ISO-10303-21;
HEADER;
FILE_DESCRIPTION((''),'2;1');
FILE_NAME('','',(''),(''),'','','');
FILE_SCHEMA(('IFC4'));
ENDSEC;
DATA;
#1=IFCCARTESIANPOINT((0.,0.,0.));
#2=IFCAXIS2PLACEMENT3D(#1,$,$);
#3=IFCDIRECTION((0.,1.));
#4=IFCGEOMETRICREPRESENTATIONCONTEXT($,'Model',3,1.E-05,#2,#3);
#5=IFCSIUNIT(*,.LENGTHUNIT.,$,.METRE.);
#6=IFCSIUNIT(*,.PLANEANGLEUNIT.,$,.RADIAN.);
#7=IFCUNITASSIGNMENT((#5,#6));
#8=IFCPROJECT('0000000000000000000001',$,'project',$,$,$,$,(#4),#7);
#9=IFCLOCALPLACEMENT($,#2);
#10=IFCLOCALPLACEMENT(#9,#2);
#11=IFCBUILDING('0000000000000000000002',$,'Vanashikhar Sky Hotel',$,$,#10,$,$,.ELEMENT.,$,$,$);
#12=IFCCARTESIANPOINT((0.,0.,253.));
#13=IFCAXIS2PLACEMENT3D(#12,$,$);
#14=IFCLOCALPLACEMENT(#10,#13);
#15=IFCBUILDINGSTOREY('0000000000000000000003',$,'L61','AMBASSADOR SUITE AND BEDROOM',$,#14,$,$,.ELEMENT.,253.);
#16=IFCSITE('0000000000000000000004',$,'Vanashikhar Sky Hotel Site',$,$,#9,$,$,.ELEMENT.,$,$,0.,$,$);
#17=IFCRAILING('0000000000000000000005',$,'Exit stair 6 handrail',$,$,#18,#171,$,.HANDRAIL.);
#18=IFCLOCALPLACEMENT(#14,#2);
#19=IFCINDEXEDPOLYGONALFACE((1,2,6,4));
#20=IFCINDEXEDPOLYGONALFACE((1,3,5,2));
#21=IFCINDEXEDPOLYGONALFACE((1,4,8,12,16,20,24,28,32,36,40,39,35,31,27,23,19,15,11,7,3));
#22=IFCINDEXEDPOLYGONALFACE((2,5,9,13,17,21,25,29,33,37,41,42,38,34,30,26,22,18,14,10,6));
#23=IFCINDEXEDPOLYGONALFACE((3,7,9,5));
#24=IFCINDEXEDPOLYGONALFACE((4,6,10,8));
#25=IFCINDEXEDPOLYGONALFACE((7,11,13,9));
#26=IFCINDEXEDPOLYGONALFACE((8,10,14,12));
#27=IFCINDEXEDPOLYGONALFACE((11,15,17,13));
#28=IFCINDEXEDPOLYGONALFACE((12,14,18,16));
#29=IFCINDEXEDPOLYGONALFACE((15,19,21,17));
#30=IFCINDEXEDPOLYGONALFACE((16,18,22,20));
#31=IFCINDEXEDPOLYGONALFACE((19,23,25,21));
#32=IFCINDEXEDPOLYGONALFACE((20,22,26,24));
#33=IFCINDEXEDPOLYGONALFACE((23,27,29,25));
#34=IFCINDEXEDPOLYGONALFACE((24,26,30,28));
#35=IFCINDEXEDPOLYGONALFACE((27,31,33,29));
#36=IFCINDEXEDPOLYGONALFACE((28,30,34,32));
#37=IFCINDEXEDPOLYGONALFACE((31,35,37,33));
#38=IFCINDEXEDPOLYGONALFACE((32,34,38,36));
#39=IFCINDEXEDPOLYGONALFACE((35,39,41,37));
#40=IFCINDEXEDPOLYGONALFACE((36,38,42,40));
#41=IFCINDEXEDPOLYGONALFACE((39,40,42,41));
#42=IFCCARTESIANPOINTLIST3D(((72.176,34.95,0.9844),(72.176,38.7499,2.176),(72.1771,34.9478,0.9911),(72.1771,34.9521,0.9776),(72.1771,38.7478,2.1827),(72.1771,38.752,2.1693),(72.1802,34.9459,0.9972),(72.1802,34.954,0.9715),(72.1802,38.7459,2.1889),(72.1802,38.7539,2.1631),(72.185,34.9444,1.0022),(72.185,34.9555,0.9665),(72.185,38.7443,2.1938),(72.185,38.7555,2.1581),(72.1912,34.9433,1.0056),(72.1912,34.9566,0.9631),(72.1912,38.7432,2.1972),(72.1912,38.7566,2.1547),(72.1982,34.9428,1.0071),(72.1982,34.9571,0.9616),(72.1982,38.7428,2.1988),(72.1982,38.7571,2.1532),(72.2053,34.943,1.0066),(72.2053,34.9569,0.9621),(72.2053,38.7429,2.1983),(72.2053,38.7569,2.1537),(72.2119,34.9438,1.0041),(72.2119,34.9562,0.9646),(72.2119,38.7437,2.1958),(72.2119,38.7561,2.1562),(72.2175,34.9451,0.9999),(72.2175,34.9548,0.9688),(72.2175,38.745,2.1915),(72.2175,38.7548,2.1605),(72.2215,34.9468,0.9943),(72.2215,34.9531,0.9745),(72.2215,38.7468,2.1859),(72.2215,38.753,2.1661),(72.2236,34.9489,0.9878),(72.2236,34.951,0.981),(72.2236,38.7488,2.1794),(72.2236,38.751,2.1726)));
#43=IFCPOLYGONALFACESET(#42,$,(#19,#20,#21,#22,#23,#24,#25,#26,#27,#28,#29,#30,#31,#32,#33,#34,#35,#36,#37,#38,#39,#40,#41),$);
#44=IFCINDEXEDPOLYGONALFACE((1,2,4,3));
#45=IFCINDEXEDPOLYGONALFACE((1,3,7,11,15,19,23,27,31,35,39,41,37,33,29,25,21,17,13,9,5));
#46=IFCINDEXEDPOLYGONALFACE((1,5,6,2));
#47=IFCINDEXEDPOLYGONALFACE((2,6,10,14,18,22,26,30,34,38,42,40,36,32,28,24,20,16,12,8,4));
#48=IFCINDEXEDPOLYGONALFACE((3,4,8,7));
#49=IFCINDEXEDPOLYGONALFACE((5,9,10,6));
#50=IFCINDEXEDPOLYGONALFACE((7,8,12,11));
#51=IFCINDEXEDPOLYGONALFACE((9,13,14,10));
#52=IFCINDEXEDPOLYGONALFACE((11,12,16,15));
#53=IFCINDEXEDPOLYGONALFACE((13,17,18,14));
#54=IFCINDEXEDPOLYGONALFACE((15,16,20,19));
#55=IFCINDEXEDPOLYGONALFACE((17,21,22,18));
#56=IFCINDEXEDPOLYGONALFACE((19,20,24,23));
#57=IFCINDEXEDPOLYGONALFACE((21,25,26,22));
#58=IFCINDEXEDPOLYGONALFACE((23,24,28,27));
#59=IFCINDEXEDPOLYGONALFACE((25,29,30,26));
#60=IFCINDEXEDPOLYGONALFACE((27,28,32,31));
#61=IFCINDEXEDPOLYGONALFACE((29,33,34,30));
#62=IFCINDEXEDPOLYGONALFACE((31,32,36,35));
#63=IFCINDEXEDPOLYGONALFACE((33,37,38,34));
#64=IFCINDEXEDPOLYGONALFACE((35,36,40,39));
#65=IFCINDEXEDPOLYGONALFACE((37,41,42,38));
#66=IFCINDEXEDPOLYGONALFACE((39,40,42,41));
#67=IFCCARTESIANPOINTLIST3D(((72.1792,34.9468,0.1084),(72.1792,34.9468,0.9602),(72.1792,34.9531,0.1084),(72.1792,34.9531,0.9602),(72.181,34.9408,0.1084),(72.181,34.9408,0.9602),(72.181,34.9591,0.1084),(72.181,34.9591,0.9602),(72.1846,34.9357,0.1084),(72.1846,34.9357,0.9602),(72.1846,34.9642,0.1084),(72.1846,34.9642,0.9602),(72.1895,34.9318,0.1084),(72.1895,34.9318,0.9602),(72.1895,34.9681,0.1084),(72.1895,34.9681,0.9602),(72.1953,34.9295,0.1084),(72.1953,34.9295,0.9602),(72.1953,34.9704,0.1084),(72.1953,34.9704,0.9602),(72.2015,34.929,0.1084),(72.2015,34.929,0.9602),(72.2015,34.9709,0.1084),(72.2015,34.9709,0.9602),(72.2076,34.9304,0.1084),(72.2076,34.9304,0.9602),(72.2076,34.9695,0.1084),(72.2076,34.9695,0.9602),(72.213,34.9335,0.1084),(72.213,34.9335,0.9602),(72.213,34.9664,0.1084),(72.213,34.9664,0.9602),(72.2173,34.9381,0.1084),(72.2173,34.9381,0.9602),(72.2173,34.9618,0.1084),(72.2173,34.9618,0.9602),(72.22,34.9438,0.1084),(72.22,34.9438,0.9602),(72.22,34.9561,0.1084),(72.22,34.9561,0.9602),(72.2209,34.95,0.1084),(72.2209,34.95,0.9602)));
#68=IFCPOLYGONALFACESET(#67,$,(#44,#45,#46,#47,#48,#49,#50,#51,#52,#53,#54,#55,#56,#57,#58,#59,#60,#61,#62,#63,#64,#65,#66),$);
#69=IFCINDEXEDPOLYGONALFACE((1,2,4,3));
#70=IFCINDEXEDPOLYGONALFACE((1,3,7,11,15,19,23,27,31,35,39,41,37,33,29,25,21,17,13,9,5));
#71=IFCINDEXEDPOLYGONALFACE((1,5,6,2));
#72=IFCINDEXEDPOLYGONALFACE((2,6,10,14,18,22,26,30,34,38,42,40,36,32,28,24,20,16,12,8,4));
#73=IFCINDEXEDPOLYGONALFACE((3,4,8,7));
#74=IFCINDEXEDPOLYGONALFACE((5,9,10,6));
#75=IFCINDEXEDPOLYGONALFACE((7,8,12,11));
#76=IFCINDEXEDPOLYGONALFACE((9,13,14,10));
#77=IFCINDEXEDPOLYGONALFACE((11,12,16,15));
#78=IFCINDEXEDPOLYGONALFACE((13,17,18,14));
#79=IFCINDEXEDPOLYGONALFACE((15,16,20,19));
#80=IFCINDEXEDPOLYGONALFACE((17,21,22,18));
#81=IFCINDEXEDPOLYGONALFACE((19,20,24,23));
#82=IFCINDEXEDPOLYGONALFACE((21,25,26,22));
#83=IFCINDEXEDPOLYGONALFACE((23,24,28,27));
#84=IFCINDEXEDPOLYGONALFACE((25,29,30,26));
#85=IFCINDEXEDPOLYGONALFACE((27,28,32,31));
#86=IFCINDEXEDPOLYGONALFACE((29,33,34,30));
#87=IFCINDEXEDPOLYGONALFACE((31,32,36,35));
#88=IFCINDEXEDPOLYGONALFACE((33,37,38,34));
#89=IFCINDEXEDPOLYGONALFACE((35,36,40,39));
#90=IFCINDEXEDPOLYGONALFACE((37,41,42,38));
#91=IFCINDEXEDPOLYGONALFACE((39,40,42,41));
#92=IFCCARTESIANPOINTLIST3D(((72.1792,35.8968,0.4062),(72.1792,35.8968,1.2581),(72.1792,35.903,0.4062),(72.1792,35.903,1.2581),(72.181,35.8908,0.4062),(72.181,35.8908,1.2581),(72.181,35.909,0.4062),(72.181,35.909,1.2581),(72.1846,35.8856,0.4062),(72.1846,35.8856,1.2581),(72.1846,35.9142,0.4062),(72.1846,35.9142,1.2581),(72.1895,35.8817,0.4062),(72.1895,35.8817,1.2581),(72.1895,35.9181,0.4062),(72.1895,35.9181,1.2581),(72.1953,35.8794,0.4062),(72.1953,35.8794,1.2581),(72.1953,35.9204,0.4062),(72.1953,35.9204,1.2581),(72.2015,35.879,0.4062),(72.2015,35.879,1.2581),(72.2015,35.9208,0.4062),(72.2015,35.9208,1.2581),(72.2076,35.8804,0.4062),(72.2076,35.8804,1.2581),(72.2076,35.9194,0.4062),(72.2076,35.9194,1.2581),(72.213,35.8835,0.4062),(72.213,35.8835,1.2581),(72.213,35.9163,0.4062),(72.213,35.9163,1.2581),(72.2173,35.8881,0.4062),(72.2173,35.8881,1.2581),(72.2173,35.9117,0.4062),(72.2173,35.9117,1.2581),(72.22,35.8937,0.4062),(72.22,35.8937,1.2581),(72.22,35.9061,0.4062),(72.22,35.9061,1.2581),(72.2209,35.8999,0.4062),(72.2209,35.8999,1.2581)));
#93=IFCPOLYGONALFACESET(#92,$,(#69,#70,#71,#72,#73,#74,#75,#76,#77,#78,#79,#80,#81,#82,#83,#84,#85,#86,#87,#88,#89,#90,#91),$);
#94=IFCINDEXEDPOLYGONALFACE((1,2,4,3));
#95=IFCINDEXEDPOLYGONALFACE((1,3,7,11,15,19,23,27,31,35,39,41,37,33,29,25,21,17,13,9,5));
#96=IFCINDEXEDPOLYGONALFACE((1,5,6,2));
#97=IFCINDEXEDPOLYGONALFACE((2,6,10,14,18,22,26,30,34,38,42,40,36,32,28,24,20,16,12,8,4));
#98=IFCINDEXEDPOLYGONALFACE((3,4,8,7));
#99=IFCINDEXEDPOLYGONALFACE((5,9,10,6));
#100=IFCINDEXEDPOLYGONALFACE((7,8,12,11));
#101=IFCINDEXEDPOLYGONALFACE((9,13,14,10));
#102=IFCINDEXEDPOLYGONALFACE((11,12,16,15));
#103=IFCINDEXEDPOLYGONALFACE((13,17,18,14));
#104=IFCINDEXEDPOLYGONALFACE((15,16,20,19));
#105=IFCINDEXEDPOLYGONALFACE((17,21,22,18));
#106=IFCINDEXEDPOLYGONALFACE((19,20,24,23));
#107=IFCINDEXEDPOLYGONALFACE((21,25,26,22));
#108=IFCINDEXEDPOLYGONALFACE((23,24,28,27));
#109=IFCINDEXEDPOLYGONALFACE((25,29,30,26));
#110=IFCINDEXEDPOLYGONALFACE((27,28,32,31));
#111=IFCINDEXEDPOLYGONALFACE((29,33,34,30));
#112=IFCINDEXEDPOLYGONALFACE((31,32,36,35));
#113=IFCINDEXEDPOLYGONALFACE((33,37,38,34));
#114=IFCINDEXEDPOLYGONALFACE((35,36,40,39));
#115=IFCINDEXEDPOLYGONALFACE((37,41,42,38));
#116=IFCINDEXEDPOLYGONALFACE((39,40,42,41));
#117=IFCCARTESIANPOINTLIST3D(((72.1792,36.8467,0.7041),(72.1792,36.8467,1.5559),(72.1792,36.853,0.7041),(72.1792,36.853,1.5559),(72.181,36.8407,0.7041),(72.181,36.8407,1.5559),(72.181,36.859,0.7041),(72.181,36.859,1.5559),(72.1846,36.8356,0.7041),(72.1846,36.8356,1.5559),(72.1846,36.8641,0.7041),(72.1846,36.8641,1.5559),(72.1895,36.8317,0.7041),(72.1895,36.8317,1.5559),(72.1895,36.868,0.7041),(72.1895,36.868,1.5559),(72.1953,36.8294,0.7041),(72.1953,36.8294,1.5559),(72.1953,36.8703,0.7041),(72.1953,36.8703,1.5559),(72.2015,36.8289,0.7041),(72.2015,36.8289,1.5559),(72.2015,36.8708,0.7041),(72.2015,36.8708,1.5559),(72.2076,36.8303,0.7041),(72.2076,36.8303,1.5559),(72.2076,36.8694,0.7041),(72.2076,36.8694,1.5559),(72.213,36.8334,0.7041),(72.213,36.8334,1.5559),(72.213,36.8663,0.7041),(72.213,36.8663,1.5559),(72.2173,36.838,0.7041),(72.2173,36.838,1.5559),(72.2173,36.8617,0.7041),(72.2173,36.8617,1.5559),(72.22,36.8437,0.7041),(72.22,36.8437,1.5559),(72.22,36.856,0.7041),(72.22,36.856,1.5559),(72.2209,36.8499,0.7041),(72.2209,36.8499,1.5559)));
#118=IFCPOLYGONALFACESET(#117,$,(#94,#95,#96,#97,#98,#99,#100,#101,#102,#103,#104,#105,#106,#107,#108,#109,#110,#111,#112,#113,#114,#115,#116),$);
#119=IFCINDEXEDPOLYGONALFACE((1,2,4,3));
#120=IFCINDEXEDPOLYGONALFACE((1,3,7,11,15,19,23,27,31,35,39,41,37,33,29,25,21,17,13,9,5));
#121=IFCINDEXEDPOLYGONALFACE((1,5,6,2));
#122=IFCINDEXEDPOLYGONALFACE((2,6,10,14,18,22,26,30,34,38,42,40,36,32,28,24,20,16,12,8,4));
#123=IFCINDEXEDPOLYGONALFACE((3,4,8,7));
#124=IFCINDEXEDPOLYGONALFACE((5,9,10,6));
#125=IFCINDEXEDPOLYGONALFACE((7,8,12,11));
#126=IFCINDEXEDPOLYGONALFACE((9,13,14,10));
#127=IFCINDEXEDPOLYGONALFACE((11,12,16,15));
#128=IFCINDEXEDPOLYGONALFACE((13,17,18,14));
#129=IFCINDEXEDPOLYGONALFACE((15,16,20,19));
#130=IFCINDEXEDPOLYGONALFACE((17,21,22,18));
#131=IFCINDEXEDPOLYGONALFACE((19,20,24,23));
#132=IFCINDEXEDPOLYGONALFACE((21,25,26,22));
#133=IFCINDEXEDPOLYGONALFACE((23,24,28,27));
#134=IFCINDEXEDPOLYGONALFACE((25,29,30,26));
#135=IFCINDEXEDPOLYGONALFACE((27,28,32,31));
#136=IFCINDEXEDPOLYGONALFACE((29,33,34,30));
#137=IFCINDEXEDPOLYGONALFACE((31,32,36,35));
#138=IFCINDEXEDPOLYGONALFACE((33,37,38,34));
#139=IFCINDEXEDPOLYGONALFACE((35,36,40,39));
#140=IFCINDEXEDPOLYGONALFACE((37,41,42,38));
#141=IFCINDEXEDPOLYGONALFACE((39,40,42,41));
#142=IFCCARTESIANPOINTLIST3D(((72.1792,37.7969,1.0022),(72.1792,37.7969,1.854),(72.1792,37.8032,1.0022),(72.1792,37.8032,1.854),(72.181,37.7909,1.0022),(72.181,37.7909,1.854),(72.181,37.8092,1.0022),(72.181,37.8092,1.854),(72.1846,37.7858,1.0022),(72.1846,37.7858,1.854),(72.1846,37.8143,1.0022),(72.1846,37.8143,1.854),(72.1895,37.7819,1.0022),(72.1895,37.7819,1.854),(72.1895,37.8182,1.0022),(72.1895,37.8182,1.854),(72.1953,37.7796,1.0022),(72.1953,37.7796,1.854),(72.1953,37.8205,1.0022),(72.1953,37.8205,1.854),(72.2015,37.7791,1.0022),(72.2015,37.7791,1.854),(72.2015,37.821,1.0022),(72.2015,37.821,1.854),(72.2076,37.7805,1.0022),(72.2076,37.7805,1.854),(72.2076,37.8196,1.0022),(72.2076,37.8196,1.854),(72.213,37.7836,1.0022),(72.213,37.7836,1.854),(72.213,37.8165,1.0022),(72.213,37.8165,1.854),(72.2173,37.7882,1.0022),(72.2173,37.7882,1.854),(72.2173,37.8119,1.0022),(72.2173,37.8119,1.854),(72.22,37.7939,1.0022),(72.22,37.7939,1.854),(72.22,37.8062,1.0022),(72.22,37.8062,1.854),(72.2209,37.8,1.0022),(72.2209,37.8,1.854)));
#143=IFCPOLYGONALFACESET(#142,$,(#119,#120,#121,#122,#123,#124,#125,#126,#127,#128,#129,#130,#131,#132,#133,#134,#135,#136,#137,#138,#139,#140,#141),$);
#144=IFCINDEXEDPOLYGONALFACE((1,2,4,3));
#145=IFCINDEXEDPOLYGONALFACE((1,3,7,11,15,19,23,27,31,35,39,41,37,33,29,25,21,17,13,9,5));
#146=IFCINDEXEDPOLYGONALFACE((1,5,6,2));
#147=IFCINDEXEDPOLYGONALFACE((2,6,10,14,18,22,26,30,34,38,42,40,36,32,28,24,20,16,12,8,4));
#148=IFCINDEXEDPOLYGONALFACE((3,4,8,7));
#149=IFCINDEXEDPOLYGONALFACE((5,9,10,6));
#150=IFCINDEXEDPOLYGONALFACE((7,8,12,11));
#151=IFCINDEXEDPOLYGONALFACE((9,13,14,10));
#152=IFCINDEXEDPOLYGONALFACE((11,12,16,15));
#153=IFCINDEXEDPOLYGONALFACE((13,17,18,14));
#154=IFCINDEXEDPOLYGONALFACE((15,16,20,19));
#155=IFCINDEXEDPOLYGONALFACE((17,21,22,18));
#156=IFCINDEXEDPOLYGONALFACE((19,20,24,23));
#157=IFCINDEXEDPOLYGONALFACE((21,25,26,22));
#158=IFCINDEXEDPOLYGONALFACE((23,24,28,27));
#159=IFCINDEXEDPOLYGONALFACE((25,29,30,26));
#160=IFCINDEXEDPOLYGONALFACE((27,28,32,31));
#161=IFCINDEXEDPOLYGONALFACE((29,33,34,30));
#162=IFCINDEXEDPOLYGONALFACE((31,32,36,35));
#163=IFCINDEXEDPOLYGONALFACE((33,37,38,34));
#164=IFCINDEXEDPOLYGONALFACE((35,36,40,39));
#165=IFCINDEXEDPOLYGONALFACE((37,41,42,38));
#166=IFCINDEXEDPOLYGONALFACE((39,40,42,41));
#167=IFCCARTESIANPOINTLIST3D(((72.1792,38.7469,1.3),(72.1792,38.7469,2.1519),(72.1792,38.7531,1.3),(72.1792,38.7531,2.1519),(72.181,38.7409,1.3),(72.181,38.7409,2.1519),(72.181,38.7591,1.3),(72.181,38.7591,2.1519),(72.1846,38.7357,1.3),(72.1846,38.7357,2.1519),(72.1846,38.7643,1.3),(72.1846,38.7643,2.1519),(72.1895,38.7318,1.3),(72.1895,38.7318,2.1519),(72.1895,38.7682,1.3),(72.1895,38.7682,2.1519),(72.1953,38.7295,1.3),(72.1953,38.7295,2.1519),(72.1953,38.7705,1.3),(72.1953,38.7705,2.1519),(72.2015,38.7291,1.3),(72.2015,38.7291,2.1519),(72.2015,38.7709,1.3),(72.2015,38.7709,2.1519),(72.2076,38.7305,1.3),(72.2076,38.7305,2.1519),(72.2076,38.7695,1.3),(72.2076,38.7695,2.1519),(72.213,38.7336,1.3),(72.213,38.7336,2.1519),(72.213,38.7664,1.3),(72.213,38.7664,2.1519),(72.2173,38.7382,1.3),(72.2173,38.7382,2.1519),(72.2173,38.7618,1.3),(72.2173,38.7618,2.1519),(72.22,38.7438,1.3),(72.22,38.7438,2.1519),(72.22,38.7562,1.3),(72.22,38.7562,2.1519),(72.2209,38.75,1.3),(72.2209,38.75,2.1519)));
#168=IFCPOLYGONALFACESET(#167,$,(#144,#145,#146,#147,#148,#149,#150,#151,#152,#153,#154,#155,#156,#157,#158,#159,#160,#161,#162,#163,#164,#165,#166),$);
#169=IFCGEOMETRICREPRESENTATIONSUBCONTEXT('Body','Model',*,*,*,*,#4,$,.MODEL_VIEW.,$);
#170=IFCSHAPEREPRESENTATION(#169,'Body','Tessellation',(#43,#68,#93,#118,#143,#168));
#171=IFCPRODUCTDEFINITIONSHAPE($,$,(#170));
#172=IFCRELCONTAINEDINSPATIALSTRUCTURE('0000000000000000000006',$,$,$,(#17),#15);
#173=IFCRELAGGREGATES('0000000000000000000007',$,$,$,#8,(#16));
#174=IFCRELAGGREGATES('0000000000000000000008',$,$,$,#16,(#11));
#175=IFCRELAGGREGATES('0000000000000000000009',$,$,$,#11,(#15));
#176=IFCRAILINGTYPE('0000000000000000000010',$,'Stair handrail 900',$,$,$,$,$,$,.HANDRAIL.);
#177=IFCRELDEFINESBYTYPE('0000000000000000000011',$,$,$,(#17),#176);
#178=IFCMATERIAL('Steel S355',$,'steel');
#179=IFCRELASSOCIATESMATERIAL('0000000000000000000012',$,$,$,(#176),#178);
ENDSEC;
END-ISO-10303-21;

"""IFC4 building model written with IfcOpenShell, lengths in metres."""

from ifc_helpers import new_model, si_unit, direction, frame, origin, origin_2d, place, context, subcontext, project, spatial, circle, extrude, source, transform, mapped, material, type_object, element, save


model = new_model("IFC4")

# Units and contexts
model_context = context("Model", 3, precision=1e-05, world=origin(), true_north=direction((0.0, 1.0)))
body_context = subcontext(model_context, "Body", "Model", "MODEL_VIEW")
ifc_project = project(units=[si_unit("LENGTHUNIT", "METRE"), si_unit("PLANEANGLEUNIT", "RADIAN")], contexts=[model_context])

# Site, building, storey
site_placement = place(None, origin())
site = spatial("IfcSite", under=ifc_project, at=site_placement, Name="Vanashikhar Sky Hotel Site", CompositionType="ELEMENT", RefElevation=0.0)
building_placement = place(site_placement, origin())
building = spatial("IfcBuilding", under=site, at=building_placement, Name="Vanashikhar Sky Hotel", CompositionType="ELEMENT")
storey_placement = place(building_placement, frame((0.0, 0.0, 253.0)))
storey = spatial("IfcBuildingStorey", under=building, at=storey_placement, Name="L61", Description="AMBASSADOR SUITE AND BEDROOM", CompositionType="ELEMENT", Elevation=253.0)

# Railing
ifc_material_1 = material(Name="Steel S355", Category="steel")
railing_type_1 = type_object("IfcRailingType", Name="Stair handrail 900", PredefinedType="HANDRAIL", material=ifc_material_1)
shared_shape_1 = source(origin(), body_context, "Body", "SweptSolid", [
    extrude(circle(Radius=0.0239, at=origin_2d()), frame((0.0, 0.0, 0.876), z_axis=(0.0, 0.954184, 0.299221), x_axis=(-1.0, 0.0, 0.0)), (0.0, 0.0, 1.0), 3.9824),
    extrude(circle(Radius=0.021, at=origin_2d()), origin(), (0.0, 0.0, 1.0), 0.8518),
    extrude(circle(Radius=0.021, at=origin_2d()), frame((0.0, 0.95, 0.2979)), (0.0, 0.0, 1.0), 0.8518),
    extrude(circle(Radius=0.021, at=origin_2d()), frame((0.0, 1.8999, 0.5957)), (0.0, 0.0, 1.0), 0.8518),
    extrude(circle(Radius=0.021, at=origin_2d()), frame((0.0, 2.8501, 0.8938)), (0.0, 0.0, 1.0), 0.8518),
    extrude(circle(Radius=0.021, at=origin_2d()), frame((0.0, 3.8, 1.1917)), (0.0, 0.0, 1.0), 0.8518),
])
for number, where, name in (
    (1, (72.2, 34.95, 0.1084), "Exit stair 6 handrail"),
):
    element("IfcRailing", number, at=place(storey_placement, frame(where)), inside=storey, type_object=railing_type_1, Name=name, PredefinedType="HANDRAIL", context=body_context, shape_type="MappedRepresentation", body=[
        mapped(shared_shape_1, transform((0.0, 0.0, 0.0), scale=1.0)),
    ])

save(model, "model.ifc")
